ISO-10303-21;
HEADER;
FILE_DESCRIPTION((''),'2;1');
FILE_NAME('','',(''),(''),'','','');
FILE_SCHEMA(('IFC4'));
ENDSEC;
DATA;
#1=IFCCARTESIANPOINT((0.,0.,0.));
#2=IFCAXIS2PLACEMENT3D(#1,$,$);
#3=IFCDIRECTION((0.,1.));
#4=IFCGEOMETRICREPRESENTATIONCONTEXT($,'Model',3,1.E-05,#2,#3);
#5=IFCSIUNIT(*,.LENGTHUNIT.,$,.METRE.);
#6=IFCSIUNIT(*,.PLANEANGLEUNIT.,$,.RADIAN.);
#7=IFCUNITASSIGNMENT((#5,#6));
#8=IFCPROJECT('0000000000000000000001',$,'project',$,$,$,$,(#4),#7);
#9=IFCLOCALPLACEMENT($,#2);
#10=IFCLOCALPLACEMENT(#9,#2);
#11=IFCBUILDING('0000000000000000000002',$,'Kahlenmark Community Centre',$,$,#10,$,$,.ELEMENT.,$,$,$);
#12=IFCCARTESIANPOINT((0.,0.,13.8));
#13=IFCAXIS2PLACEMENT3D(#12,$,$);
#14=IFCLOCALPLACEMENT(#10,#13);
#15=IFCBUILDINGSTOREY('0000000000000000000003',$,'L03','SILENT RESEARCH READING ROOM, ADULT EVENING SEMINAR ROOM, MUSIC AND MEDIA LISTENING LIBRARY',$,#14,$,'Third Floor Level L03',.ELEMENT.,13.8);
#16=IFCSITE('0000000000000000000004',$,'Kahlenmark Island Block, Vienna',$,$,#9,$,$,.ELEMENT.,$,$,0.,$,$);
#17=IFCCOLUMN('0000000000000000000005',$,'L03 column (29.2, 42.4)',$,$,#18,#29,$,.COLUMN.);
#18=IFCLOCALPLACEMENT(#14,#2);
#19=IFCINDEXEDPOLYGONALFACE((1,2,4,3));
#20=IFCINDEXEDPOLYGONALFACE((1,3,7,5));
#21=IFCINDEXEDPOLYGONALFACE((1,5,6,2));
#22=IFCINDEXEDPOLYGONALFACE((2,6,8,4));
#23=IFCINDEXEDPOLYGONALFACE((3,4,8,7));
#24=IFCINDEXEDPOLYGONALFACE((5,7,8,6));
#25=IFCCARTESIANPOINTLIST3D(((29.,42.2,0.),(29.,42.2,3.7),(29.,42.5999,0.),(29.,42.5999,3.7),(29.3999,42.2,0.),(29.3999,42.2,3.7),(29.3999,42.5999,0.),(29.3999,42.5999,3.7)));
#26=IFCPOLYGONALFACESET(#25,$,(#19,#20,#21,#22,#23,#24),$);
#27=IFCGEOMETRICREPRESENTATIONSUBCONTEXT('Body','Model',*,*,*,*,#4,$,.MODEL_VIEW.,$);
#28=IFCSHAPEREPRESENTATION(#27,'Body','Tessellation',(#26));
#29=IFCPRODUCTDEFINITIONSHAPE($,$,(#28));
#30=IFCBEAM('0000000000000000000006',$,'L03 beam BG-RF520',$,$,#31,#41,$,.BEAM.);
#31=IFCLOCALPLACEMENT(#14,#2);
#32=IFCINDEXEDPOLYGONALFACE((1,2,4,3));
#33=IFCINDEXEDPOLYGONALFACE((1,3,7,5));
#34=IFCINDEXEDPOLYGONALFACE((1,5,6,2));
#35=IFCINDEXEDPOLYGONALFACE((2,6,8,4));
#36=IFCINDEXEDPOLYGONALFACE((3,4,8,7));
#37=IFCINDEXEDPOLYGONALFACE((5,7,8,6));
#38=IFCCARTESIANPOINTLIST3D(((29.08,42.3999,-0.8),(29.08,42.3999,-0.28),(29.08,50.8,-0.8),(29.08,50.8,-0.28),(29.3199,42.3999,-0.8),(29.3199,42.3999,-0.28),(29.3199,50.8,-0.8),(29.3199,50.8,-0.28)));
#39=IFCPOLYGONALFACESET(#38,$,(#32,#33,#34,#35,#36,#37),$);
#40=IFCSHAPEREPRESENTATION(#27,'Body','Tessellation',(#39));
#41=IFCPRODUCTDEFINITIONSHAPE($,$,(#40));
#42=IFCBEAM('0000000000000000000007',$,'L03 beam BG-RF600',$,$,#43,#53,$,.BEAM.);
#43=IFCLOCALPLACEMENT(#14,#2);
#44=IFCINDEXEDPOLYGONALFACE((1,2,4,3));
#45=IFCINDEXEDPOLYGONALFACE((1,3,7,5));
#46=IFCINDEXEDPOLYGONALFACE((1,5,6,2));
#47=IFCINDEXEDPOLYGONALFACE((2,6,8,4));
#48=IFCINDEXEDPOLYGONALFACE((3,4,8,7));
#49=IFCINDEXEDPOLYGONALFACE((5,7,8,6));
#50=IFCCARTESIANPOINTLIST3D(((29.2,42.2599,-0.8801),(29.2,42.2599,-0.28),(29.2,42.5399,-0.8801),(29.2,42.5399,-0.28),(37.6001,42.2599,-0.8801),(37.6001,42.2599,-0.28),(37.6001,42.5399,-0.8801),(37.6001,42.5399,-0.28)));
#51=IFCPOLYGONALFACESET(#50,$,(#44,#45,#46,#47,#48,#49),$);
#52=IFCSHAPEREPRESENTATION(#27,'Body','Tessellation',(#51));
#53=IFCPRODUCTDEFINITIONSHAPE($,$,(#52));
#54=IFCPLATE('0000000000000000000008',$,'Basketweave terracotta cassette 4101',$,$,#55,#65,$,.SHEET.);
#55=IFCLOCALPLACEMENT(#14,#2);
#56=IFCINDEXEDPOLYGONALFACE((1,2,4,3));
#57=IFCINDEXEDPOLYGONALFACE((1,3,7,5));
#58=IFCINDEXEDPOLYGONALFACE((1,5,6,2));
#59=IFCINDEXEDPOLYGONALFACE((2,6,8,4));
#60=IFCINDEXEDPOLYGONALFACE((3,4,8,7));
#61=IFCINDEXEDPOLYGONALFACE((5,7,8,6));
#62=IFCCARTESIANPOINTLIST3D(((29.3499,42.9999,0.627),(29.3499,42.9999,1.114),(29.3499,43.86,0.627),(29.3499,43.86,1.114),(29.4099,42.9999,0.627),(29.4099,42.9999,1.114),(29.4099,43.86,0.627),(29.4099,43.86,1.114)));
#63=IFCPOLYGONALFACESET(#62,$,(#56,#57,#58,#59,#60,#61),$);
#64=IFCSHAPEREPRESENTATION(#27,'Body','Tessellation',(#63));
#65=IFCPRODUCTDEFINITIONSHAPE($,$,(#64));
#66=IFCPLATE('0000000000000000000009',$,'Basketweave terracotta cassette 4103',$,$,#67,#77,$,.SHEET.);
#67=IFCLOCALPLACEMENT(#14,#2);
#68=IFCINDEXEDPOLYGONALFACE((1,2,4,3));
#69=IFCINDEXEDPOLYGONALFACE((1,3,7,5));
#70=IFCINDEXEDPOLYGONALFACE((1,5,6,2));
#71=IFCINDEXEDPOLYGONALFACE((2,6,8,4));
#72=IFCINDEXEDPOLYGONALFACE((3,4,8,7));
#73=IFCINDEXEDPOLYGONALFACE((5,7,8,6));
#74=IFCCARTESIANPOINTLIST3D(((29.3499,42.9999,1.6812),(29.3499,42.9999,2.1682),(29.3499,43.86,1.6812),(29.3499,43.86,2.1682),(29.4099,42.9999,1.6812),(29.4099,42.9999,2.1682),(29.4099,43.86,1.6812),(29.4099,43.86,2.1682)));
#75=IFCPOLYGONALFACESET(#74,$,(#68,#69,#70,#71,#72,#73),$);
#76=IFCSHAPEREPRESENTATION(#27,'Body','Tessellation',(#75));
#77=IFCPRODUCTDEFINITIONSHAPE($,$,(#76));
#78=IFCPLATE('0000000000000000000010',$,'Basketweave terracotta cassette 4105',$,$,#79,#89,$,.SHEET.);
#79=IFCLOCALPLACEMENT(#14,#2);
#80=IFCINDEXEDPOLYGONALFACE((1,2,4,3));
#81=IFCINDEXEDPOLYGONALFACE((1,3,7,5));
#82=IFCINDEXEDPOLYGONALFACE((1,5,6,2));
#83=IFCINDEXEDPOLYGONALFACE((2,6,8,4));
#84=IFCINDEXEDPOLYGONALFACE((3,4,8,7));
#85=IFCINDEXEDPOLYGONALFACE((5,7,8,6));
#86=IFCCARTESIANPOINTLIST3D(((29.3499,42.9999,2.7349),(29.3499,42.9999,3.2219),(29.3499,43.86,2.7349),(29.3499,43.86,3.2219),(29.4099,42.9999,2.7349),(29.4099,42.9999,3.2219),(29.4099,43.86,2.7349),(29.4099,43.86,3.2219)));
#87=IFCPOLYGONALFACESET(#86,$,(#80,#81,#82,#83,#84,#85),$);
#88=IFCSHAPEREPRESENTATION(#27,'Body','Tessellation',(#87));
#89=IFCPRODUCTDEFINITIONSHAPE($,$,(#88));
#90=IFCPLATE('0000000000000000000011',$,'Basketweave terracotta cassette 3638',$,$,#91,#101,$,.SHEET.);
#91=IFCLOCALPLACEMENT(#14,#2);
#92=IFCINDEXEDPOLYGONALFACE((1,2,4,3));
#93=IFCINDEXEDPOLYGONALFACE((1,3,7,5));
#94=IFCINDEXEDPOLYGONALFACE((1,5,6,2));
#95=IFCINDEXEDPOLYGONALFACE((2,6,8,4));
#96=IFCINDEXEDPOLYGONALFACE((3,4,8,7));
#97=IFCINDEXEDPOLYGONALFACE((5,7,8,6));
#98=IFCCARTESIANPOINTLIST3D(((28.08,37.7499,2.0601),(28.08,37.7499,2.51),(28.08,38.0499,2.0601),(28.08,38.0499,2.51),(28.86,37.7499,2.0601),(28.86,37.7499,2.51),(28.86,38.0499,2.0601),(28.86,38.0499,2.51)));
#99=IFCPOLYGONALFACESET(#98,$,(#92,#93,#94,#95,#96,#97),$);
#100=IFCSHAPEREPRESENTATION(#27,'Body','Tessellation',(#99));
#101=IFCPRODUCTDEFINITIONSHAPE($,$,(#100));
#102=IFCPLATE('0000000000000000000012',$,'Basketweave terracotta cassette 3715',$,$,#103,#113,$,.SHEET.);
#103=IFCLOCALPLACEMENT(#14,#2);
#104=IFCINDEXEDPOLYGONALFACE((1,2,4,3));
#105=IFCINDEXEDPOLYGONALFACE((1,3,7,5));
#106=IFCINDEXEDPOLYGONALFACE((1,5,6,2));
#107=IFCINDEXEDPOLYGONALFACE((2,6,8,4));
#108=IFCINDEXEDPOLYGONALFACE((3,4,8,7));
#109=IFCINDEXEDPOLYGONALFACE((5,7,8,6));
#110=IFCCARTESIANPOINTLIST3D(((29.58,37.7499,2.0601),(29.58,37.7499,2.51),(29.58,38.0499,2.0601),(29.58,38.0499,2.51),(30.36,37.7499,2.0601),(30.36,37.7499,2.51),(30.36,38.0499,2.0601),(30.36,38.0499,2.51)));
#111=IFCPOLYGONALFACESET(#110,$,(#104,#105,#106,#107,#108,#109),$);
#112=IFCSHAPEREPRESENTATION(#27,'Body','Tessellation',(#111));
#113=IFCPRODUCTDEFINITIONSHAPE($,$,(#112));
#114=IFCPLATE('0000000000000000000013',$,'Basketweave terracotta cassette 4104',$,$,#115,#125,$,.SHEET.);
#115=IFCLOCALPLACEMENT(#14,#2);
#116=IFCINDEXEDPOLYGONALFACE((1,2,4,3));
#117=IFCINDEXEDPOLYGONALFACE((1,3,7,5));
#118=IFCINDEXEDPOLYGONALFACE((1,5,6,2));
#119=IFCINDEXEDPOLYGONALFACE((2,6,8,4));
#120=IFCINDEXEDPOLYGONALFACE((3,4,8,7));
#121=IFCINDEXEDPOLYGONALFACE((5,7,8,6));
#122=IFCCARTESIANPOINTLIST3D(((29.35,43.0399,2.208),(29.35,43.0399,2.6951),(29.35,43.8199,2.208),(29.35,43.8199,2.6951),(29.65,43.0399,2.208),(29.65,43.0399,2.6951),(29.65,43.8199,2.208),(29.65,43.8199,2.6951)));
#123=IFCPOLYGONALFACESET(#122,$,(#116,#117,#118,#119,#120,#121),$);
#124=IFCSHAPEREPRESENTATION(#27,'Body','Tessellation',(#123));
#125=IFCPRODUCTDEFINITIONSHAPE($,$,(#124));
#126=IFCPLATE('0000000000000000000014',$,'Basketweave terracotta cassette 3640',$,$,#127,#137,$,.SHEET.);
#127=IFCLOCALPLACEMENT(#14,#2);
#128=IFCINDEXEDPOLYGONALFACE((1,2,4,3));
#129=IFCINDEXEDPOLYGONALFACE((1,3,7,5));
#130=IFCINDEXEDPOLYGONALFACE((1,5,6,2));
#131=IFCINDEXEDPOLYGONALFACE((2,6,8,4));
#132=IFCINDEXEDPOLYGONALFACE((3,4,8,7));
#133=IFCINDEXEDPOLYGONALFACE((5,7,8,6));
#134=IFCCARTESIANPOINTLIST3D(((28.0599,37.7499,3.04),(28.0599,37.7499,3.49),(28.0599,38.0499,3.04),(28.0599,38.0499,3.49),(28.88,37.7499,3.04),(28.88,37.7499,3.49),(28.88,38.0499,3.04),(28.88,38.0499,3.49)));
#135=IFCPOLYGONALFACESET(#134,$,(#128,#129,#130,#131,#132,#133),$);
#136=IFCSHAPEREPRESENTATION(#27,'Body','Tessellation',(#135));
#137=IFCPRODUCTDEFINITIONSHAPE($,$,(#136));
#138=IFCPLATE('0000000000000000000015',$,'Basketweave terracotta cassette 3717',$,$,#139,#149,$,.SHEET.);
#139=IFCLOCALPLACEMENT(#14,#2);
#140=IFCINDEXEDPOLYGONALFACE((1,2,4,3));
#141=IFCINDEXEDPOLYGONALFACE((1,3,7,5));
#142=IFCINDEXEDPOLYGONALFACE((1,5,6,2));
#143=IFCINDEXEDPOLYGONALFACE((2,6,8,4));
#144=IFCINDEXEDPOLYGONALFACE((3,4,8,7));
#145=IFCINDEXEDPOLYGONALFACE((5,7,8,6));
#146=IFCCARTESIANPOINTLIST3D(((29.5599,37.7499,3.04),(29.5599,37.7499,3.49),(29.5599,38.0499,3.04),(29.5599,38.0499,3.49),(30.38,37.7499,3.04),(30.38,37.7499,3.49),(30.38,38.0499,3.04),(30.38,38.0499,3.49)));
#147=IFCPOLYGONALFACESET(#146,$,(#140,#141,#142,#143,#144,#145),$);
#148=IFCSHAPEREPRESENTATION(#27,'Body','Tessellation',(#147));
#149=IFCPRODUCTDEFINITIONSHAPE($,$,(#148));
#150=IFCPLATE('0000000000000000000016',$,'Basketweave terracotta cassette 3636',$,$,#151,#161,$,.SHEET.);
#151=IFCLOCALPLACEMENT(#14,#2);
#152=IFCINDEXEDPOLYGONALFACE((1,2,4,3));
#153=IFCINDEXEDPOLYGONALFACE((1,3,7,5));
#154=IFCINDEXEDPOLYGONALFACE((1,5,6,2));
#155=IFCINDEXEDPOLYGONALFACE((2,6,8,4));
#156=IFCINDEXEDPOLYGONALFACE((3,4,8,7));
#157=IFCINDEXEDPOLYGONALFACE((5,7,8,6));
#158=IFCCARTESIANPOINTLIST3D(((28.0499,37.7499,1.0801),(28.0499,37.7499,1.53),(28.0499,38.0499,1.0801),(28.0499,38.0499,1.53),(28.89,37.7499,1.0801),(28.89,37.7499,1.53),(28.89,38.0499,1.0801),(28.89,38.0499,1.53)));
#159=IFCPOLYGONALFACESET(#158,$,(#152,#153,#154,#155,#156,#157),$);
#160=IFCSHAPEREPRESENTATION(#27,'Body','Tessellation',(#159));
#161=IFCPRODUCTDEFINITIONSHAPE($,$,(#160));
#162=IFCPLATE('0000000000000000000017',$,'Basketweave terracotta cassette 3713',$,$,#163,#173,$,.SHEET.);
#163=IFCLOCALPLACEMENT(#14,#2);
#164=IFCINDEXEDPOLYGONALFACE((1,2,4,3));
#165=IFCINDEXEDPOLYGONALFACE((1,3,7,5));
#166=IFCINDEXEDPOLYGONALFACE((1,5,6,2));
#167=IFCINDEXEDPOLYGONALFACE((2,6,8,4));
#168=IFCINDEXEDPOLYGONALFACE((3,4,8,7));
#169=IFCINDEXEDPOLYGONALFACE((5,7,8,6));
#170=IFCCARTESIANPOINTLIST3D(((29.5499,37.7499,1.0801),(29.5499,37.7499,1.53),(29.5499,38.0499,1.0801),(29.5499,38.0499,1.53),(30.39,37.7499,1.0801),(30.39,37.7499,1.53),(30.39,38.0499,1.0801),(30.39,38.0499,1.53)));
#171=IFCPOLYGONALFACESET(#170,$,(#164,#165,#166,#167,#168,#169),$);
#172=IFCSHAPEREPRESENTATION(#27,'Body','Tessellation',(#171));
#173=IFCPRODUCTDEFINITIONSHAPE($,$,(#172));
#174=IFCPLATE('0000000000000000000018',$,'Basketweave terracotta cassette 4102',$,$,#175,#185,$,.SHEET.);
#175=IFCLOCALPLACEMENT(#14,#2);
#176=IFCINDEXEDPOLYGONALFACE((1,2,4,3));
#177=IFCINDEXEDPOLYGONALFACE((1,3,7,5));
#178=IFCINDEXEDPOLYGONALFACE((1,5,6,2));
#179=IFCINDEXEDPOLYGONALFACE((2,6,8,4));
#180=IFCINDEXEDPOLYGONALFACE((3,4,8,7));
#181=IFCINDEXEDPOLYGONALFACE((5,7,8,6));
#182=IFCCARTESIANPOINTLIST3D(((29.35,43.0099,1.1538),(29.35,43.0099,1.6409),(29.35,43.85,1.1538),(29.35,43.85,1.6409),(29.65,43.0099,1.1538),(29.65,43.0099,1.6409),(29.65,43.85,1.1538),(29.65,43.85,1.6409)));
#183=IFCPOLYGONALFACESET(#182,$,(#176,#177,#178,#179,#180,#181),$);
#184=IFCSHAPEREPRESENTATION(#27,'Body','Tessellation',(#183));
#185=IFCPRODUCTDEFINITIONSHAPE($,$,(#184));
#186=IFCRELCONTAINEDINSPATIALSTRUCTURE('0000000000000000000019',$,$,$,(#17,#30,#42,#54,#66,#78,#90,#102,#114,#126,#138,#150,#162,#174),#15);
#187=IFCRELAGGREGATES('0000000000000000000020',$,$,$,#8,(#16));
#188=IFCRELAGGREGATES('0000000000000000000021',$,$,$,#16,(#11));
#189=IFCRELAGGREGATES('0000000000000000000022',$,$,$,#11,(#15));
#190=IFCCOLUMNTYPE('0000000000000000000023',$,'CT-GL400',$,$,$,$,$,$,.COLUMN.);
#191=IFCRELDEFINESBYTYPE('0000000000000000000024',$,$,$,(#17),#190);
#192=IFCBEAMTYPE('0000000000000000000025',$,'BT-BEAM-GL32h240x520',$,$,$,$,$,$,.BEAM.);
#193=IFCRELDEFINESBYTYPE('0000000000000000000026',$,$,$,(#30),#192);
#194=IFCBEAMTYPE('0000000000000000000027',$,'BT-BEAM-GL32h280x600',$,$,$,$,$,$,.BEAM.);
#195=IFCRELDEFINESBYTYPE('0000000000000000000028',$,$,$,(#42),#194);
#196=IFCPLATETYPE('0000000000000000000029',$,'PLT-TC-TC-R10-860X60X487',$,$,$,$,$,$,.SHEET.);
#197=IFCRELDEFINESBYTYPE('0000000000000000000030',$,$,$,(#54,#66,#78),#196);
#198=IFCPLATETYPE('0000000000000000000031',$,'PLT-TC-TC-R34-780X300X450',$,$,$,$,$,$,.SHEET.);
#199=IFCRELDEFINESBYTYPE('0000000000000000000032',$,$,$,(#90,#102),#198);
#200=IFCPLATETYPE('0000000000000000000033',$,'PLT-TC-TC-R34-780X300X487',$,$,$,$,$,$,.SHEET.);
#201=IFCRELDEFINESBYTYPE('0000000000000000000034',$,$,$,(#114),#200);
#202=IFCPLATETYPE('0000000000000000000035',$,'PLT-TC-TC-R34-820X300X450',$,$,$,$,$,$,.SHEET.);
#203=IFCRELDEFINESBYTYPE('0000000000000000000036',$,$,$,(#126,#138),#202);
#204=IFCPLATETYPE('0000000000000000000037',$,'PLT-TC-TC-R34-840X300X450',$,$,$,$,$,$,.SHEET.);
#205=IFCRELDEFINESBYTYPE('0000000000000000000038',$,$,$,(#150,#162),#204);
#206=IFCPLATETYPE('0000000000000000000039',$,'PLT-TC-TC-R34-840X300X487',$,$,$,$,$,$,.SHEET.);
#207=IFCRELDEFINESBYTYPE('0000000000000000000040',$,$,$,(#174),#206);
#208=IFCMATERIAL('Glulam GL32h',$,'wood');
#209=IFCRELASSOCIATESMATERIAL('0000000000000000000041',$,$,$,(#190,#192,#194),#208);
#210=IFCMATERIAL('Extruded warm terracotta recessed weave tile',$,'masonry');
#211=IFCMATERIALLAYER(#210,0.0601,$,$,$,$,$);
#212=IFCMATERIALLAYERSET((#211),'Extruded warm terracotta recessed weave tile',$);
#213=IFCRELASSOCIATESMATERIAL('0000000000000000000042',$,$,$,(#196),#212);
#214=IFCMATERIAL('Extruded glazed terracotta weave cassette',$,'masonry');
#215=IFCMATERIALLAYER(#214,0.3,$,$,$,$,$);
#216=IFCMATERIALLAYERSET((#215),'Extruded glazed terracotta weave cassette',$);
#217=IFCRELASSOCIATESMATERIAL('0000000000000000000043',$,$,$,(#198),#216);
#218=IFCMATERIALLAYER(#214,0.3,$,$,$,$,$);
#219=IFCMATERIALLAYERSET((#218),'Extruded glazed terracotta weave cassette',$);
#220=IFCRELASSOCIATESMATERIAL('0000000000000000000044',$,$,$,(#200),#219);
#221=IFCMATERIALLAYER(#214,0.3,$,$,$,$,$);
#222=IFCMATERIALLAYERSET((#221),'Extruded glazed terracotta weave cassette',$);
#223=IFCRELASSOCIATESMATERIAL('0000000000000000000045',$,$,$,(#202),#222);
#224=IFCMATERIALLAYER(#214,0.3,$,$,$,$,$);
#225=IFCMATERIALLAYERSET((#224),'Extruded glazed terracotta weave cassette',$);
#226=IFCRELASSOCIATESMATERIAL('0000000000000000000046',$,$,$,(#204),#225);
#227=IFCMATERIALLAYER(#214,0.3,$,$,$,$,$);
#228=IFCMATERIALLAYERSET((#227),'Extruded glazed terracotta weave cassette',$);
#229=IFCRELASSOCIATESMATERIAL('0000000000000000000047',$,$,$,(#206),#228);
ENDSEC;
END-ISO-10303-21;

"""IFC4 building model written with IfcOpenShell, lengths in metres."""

from ifc_helpers import new_model, si_unit, direction, frame, origin, origin_2d, place, context, subcontext, project, spatial, rectangle, extrude, material, layer, layer_set, material_profile, profile_set, type_object, element, save


model = new_model("IFC4")

# Units and contexts
model_context = context("Model", 3, precision=1e-05, world=origin(), true_north=direction((0.0, 1.0)))
body_context = subcontext(model_context, "Body", "Model", "MODEL_VIEW")
ifc_project = project(units=[si_unit("LENGTHUNIT", "METRE"), si_unit("PLANEANGLEUNIT", "RADIAN")], contexts=[model_context])

# Site, building, storey
site_placement = place(None, origin())
site = spatial("IfcSite", under=ifc_project, at=site_placement, Name="Kahlenmark Island Block, Vienna", CompositionType="ELEMENT", RefElevation=0.0)
building_placement = place(site_placement, origin())
building = spatial("IfcBuilding", under=site, at=building_placement, Name="Kahlenmark Community Centre", CompositionType="ELEMENT")
storey_placement = place(building_placement, frame((0.0, 0.0, 13.8)))
storey = spatial("IfcBuildingStorey", under=building, at=storey_placement, Name="L03", Description="SILENT RESEARCH READING ROOM, ADULT EVENING SEMINAR ROOM, MUSIC AND MEDIA LISTENING LIBRARY", LongName="Third Floor Level L03", CompositionType="ELEMENT", Elevation=13.8)

# Column
ifc_material_1 = material(Name="Glulam GL32h", Category="wood")
ifc_material_profile_1 = material_profile(ifc_material_1, rectangle(XDim=0.3999, YDim=0.3999, at=origin_2d()), Name="GL32h 400x400")
ifc_profile_set_1 = profile_set([ifc_material_profile_1], Name="Glulam GL32h")
column_type = type_object("IfcColumnType", Name="CT-GL400", PredefinedType="COLUMN", material=ifc_profile_set_1)
column_placement = place(storey_placement, frame((29.2, 42.3999, 0.0), z_axis=(0.0, 0.0, 1.0), x_axis=(1.0, 0.0, 0.0)))
element("IfcColumn", 1, at=column_placement, inside=storey, type_object=column_type, Name="L03 column (29.2, 42.4)", PredefinedType="COLUMN", context=body_context, shape_type="SweptSolid", body=[
    extrude(rectangle(XDim=0.3999, YDim=0.3999, at=origin_2d()), origin(), (0.0, 0.0, 1.0), 3.7),
])

# Beams
ifc_material_profile_2 = material_profile(ifc_material_1, rectangle(XDim=0.24, YDim=0.52, at=origin_2d()), Name="GL32h 240x520")
ifc_profile_set_2 = profile_set([ifc_material_profile_2], Name="Glulam GL32h")
beam_type_1 = type_object("IfcBeamType", Name="BT-BEAM-GL32h240x520", PredefinedType="BEAM", material=ifc_profile_set_2)
beam_1_placement = place(storey_placement, frame((29.2, 42.3999, -0.54), z_axis=(0.0, 1.0, 0.0), x_axis=(-1.0, 0.0, 0.0)))
element("IfcBeam", 2, at=beam_1_placement, inside=storey, type_object=beam_type_1, Name="L03 beam BG-RF520", PredefinedType="BEAM", context=body_context, shape_type="SweptSolid", body=[
    extrude(rectangle(XDim=0.24, YDim=0.52, at=origin_2d()), origin(), (0.0, 0.0, 1.0), 8.4001),
])
ifc_material_profile_3 = material_profile(ifc_material_1, rectangle(XDim=0.28, YDim=0.6001, at=origin_2d()), Name="GL32h 280x600")
ifc_profile_set_3 = profile_set([ifc_material_profile_3], Name="Glulam GL32h")
beam_type_2 = type_object("IfcBeamType", Name="BT-BEAM-GL32h280x600", PredefinedType="BEAM", material=ifc_profile_set_3)
beam_2_placement = place(storey_placement, frame((29.2, 42.3999, -0.5801), z_axis=(1.0, 0.0, 0.0), x_axis=(0.0, 1.0, 0.0)))
element("IfcBeam", 3, at=beam_2_placement, inside=storey, type_object=beam_type_2, Name="L03 beam BG-RF600", PredefinedType="BEAM", context=body_context, shape_type="SweptSolid", body=[
    extrude(rectangle(XDim=0.28, YDim=0.6001, at=origin_2d()), origin(), (0.0, 0.0, 1.0), 8.4001),
])

# Plates
ifc_material_2 = material(Name="Extruded warm terracotta recessed weave tile", Category="masonry")
ifc_layer_1 = layer(ifc_material_2, 0.0601)
ifc_layer_set_1 = layer_set([ifc_layer_1], Name="Extruded warm terracotta recessed weave tile")
plate_type_1 = type_object("IfcPlateType", Name="PLT-TC-TC-R10-860X60X487", PredefinedType="SHEET", material=ifc_layer_set_1)
for number, where, z_axis, x_axis, name in (
    (4, (29.3799, 43.4299, 0.627), (0.0, 0.0, 1.0), (0.0, 1.0, 0.0), "Basketweave terracotta cassette 4101"),
    (5, (29.3799, 43.4299, 1.6812), (0.0, 0.0, 1.0), (0.0, 1.0, 0.0), "Basketweave terracotta cassette 4103"),
    (6, (29.3799, 43.4299, 2.7349), (0.0, 0.0, 1.0), (0.0, 1.0, 0.0), "Basketweave terracotta cassette 4105"),
):
    element("IfcPlate", number, at=place(storey_placement, frame(where, z_axis=z_axis, x_axis=x_axis)), inside=storey, type_object=plate_type_1, Name=name, PredefinedType="SHEET", context=body_context, shape_type="SweptSolid", body=[
        extrude(rectangle(XDim=0.8601, YDim=0.0601, at=origin_2d()), origin(), (0.0, 0.0, 1.0), 0.4871),
    ])
ifc_material_3 = material(Name="Extruded glazed terracotta weave cassette", Category="masonry")
ifc_layer_2 = layer(ifc_material_3, 0.3)
ifc_layer_set_2 = layer_set([ifc_layer_2], Name="Extruded glazed terracotta weave cassette")
plate_type_2 = type_object("IfcPlateType", Name="PLT-TC-TC-R34-780X300X450", PredefinedType="SHEET", material=ifc_layer_set_2)
for number, where, z_axis, x_axis, name in (
    (7, (28.47, 37.8999, 2.0601), (0.0, 0.0, 1.0), (-1.0, 0.0, 0.0), "Basketweave terracotta cassette 3638"),
    (8, (29.97, 37.8999, 2.0601), (0.0, 0.0, 1.0), (-1.0, 0.0, 0.0), "Basketweave terracotta cassette 3715"),
):
    element("IfcPlate", number, at=place(storey_placement, frame(where, z_axis=z_axis, x_axis=x_axis)), inside=storey, type_object=plate_type_2, Name=name, PredefinedType="SHEET", context=body_context, shape_type="SweptSolid", body=[
        extrude(rectangle(XDim=0.78, YDim=0.3, at=origin_2d()), origin(), (0.0, 0.0, 1.0), 0.45),
    ])
ifc_layer_3 = layer(ifc_material_3, 0.3)
ifc_layer_set_3 = layer_set([ifc_layer_3], Name="Extruded glazed terracotta weave cassette")
plate_type_3 = type_object("IfcPlateType", Name="PLT-TC-TC-R34-780X300X487", PredefinedType="SHEET", material=ifc_layer_set_3)
plate_1_placement = place(storey_placement, frame((29.5, 43.4299, 2.208), z_axis=(0.0, 0.0, 1.0), x_axis=(0.0, 1.0, 0.0)))
element("IfcPlate", 9, at=plate_1_placement, inside=storey, type_object=plate_type_3, Name="Basketweave terracotta cassette 4104", PredefinedType="SHEET", context=body_context, shape_type="SweptSolid", body=[
    extrude(rectangle(XDim=0.78, YDim=0.3, at=origin_2d()), origin(), (0.0, 0.0, 1.0), 0.4871),
])
ifc_layer_4 = layer(ifc_material_3, 0.3)
ifc_layer_set_4 = layer_set([ifc_layer_4], Name="Extruded glazed terracotta weave cassette")
plate_type_4 = type_object("IfcPlateType", Name="PLT-TC-TC-R34-820X300X450", PredefinedType="SHEET", material=ifc_layer_set_4)
for number, where, z_axis, x_axis, name in (
    (10, (28.47, 37.8999, 3.04), (0.0, 0.0, 1.0), (-1.0, 0.0, 0.0), "Basketweave terracotta cassette 3640"),
    (11, (29.97, 37.8999, 3.04), (0.0, 0.0, 1.0), (-1.0, 0.0, 0.0), "Basketweave terracotta cassette 3717"),
):
    element("IfcPlate", number, at=place(storey_placement, frame(where, z_axis=z_axis, x_axis=x_axis)), inside=storey, type_object=plate_type_4, Name=name, PredefinedType="SHEET", context=body_context, shape_type="SweptSolid", body=[
        extrude(rectangle(XDim=0.8201, YDim=0.3, at=origin_2d()), origin(), (0.0, 0.0, 1.0), 0.45),
    ])
ifc_layer_5 = layer(ifc_material_3, 0.3)
ifc_layer_set_5 = layer_set([ifc_layer_5], Name="Extruded glazed terracotta weave cassette")
plate_type_5 = type_object("IfcPlateType", Name="PLT-TC-TC-R34-840X300X450", PredefinedType="SHEET", material=ifc_layer_set_5)
for number, where, z_axis, x_axis, name in (
    (12, (28.47, 37.8999, 1.0801), (0.0, 0.0, 1.0), (-1.0, 0.0, 0.0), "Basketweave terracotta cassette 3636"),
    (13, (29.97, 37.8999, 1.0801), (0.0, 0.0, 1.0), (-1.0, 0.0, 0.0), "Basketweave terracotta cassette 3713"),
):
    element("IfcPlate", number, at=place(storey_placement, frame(where, z_axis=z_axis, x_axis=x_axis)), inside=storey, type_object=plate_type_5, Name=name, PredefinedType="SHEET", context=body_context, shape_type="SweptSolid", body=[
        extrude(rectangle(XDim=0.8401, YDim=0.3, at=origin_2d()), origin(), (0.0, 0.0, 1.0), 0.45),
    ])
ifc_layer_6 = layer(ifc_material_3, 0.3)
ifc_layer_set_6 = layer_set([ifc_layer_6], Name="Extruded glazed terracotta weave cassette")
plate_type_6 = type_object("IfcPlateType", Name="PLT-TC-TC-R34-840X300X487", PredefinedType="SHEET", material=ifc_layer_set_6)
plate_2_placement = place(storey_placement, frame((29.5, 43.4299, 1.1538), z_axis=(0.0, 0.0, 1.0), x_axis=(0.0, 1.0, 0.0)))
element("IfcPlate", 14, at=plate_2_placement, inside=storey, type_object=plate_type_6, Name="Basketweave terracotta cassette 4102", PredefinedType="SHEET", context=body_context, shape_type="SweptSolid", body=[
    extrude(rectangle(XDim=0.8401, YDim=0.3, at=origin_2d()), origin(), (0.0, 0.0, 1.0), 0.4871),
])

save(model, "model.ifc")
